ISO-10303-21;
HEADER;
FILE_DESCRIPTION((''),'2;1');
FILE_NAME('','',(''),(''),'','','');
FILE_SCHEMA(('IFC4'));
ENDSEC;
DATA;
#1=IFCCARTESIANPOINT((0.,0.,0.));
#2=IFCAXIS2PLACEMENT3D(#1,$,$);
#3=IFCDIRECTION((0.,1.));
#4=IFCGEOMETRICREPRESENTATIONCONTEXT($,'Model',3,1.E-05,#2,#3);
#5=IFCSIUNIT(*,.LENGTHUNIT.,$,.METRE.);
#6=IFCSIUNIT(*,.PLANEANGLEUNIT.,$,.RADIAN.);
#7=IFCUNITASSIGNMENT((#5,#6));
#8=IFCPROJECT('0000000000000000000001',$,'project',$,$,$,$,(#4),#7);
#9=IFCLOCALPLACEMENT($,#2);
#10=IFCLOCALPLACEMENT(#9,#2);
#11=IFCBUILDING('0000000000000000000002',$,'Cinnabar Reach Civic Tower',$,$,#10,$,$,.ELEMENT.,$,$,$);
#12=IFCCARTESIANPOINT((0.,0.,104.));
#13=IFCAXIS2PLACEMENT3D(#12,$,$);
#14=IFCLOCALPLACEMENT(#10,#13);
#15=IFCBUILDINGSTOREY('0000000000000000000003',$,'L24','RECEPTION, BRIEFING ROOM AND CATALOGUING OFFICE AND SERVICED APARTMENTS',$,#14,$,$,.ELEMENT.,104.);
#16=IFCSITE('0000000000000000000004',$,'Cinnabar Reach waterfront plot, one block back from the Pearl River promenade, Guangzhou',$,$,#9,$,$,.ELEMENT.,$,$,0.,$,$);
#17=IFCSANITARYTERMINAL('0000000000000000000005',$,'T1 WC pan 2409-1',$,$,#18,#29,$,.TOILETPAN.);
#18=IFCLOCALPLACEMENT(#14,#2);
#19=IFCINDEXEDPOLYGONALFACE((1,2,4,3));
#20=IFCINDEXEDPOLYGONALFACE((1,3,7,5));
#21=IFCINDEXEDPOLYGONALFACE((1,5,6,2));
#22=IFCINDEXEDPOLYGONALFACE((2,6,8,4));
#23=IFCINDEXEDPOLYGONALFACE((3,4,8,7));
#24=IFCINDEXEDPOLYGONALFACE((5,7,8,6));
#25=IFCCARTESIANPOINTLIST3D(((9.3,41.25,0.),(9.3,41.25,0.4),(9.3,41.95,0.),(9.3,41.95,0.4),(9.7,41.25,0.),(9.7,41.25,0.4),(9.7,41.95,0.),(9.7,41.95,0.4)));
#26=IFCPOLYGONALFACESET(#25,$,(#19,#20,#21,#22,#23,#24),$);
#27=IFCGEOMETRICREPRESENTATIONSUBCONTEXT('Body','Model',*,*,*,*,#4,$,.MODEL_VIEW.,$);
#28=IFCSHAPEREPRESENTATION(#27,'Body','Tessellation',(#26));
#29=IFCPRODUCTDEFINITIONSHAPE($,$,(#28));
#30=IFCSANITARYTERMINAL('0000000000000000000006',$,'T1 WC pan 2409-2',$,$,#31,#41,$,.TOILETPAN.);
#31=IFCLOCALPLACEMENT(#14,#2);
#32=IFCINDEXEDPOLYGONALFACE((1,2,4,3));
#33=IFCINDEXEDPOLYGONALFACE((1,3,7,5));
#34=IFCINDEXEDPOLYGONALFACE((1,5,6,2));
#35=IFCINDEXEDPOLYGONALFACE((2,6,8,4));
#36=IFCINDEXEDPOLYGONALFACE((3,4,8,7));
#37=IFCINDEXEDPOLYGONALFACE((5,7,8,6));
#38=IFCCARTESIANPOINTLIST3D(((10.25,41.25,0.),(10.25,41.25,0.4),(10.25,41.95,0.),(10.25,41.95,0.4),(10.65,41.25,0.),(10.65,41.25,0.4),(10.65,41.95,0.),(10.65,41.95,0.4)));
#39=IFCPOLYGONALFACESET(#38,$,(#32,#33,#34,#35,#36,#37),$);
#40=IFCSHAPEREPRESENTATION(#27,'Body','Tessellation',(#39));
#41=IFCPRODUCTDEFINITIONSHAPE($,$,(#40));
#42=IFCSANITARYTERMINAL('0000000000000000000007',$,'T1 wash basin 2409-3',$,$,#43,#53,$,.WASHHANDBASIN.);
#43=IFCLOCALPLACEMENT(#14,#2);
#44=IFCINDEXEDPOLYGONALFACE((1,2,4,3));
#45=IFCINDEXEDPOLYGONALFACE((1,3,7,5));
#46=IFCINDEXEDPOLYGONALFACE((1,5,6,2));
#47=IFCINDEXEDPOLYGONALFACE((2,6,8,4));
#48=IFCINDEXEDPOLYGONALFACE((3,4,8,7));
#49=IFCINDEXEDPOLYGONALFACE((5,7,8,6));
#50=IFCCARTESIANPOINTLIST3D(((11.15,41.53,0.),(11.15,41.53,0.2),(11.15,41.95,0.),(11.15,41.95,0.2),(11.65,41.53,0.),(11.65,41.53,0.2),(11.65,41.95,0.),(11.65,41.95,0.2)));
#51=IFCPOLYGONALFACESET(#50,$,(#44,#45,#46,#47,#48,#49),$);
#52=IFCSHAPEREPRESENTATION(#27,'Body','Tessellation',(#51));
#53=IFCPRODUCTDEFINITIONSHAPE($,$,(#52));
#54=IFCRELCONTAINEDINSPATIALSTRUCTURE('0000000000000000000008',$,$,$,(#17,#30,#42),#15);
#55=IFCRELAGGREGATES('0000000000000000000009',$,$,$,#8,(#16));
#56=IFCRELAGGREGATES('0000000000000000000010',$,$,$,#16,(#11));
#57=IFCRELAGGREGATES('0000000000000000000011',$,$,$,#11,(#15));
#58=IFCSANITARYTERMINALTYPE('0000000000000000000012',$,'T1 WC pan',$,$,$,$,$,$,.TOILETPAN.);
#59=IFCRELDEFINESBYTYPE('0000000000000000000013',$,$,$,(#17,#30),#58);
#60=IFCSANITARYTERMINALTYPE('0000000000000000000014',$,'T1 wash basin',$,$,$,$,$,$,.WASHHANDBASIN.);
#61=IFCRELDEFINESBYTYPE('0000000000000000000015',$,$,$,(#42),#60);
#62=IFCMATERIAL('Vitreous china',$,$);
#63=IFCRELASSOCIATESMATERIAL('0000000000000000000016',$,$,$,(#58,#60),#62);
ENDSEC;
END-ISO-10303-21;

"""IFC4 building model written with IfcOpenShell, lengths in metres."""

from ifc_helpers import new_model, si_unit, direction, frame, origin, origin_2d, place, context, subcontext, project, spatial, rectangle, extrude, material, type_object, element, save


model = new_model("IFC4")

# Units and contexts
model_context = context("Model", 3, precision=1e-05, world=origin(), true_north=direction((0.0, 1.0)))
body_context = subcontext(model_context, "Body", "Model", "MODEL_VIEW")
ifc_project = project(units=[si_unit("LENGTHUNIT", "METRE"), si_unit("PLANEANGLEUNIT", "RADIAN")], contexts=[model_context])

# Site, building, storey
site_placement = place(None, origin())
site = spatial("IfcSite", under=ifc_project, at=site_placement, Name="Cinnabar Reach waterfront plot, one block back from the Pearl River promenade, Guangzhou", CompositionType="ELEMENT", RefElevation=0.0)
building_placement = place(site_placement, origin())
building = spatial("IfcBuilding", under=site, at=building_placement, Name="Cinnabar Reach Civic Tower", CompositionType="ELEMENT")
storey_placement = place(building_placement, frame((0.0, 0.0, 104.0)))
storey = spatial("IfcBuildingStorey", under=building, at=storey_placement, Name="L24", Description="RECEPTION, BRIEFING ROOM AND CATALOGUING OFFICE AND SERVICED APARTMENTS", CompositionType="ELEMENT", Elevation=104.0)

# Sanitary terminals
ifc_material_1 = material(Name="Vitreous china")
sanitary_terminal_type_1 = type_object("IfcSanitaryTerminalType", Name="T1 WC pan", PredefinedType="TOILETPAN", material=ifc_material_1)
for number, where, z_axis, x_axis, name in (
    (1, (9.5, 41.6, 0.0), (0.0, 0.0, 1.0), (1.0, 0.0, 0.0), "T1 WC pan 2409-1"),
    (2, (10.45, 41.6, 0.0), (0.0, 0.0, 1.0), (1.0, 0.0, 0.0), "T1 WC pan 2409-2"),
):
    element("IfcSanitaryTerminal", number, at=place(storey_placement, frame(where, z_axis=z_axis, x_axis=x_axis)), inside=storey, type_object=sanitary_terminal_type_1, Name=name, PredefinedType="TOILETPAN", context=body_context, shape_type="SweptSolid", body=[
        extrude(rectangle(XDim=0.4, YDim=0.7, at=origin_2d()), origin(), (0.0, 0.0, 1.0), 0.4),
    ])
sanitary_terminal_type_2 = type_object("IfcSanitaryTerminalType", Name="T1 wash basin", PredefinedType="WASHHANDBASIN", material=ifc_material_1)
sanitary_terminal_placement = place(storey_placement, frame((11.4, 41.74, 0.0), z_axis=(0.0, 0.0, 1.0), x_axis=(1.0, 0.0, 0.0)))
element("IfcSanitaryTerminal", 3, at=sanitary_terminal_placement, inside=storey, type_object=sanitary_terminal_type_2, Name="T1 wash basin 2409-3", PredefinedType="WASHHANDBASIN", context=body_context, shape_type="SweptSolid", body=[
    extrude(rectangle(XDim=0.5, YDim=0.42, at=origin_2d()), origin(), (0.0, 0.0, 1.0), 0.2),
])

save(model, "model.ifc")
